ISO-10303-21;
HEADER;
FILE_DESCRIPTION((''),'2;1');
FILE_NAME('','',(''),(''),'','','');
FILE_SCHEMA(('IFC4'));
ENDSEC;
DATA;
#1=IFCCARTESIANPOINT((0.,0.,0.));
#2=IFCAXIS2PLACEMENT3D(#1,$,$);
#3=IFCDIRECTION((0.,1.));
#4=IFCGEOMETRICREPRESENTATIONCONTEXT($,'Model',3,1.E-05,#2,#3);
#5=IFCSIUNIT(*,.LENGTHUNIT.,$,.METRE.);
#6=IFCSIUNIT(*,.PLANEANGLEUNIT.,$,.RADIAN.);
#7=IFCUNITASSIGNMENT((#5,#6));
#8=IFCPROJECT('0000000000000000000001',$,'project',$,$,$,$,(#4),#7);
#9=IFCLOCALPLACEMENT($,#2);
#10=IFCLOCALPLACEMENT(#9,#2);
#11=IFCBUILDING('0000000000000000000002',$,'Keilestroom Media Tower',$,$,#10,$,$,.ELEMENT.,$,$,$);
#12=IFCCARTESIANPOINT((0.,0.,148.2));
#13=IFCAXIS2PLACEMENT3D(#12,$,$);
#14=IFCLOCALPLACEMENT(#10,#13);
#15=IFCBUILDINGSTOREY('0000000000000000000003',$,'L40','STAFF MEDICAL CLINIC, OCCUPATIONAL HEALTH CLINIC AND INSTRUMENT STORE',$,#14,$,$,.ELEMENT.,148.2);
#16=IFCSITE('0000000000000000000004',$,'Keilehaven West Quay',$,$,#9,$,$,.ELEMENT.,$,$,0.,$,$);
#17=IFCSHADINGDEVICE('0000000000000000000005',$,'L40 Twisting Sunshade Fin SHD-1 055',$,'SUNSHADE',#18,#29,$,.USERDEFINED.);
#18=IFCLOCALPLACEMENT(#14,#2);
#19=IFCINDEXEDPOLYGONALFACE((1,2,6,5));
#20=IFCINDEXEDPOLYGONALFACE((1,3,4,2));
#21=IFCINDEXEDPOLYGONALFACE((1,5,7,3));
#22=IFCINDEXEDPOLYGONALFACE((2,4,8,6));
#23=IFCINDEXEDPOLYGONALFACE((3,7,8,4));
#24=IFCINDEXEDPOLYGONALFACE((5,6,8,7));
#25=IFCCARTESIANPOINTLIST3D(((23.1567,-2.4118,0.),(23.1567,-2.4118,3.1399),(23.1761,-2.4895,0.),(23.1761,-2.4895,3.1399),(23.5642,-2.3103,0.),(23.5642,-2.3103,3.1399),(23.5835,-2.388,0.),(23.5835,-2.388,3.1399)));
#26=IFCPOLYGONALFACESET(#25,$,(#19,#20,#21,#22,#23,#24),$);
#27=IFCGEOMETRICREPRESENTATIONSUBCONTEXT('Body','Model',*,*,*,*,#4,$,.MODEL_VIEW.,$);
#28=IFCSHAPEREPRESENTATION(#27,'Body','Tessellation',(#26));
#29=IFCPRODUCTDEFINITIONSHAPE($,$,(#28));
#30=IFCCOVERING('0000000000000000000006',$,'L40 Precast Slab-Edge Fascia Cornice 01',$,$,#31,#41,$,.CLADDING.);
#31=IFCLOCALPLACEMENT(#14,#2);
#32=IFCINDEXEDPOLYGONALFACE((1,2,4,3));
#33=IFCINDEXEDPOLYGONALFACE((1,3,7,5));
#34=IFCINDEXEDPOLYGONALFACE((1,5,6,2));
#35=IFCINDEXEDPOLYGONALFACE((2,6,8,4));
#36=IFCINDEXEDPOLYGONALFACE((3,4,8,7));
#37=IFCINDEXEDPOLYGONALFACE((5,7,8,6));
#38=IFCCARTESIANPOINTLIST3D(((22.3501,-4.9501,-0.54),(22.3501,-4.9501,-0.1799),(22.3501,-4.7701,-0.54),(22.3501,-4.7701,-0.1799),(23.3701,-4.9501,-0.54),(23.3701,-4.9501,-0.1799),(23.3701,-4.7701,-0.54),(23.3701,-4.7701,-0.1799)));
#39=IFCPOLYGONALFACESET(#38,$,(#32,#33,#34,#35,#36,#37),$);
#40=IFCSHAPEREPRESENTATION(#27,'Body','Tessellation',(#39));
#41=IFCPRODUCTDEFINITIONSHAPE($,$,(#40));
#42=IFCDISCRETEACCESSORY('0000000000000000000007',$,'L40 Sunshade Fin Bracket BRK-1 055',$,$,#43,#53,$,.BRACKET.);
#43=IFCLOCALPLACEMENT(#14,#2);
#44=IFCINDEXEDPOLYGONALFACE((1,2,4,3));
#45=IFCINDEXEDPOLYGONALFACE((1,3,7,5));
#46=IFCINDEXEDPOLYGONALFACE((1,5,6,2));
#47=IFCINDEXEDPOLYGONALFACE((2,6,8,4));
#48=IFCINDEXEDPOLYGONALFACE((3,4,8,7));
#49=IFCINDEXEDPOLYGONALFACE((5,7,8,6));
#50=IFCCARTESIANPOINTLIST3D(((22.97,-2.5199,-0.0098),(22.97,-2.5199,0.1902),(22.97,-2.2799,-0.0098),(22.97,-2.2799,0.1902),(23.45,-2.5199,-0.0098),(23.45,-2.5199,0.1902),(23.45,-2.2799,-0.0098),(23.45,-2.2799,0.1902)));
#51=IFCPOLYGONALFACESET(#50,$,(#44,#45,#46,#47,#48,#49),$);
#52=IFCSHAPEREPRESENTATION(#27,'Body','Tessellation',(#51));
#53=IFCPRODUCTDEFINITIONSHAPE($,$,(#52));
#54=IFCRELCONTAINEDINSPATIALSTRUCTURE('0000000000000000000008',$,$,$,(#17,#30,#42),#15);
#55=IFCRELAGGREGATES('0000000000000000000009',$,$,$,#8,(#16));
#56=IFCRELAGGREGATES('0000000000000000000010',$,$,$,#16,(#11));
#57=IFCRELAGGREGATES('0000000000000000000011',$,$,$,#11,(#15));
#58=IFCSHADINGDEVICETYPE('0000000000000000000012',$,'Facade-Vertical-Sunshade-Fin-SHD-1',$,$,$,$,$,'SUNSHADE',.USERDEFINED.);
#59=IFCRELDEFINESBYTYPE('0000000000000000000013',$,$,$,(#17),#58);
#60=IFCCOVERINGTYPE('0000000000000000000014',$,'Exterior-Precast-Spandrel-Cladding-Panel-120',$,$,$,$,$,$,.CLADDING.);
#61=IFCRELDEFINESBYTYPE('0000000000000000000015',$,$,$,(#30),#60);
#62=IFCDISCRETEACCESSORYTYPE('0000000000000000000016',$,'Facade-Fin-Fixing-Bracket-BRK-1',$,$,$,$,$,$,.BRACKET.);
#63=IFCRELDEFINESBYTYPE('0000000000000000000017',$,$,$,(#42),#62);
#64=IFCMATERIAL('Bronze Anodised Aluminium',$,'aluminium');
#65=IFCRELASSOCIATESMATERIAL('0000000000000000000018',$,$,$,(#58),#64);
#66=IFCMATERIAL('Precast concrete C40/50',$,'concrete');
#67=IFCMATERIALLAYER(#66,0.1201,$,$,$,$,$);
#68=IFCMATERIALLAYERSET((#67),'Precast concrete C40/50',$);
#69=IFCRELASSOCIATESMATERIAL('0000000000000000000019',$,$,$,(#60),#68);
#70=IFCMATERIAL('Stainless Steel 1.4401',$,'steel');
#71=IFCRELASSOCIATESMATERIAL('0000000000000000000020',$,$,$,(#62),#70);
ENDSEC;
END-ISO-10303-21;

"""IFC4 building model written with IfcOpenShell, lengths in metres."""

from ifc_helpers import new_model, si_unit, direction, frame, origin, origin_2d, place, context, subcontext, project, spatial, rectangle, extrude, source, transform, mapped, material, layer, layer_set, type_object, element, save


model = new_model("IFC4")

# Units and contexts
model_context = context("Model", 3, precision=1e-05, world=origin(), true_north=direction((0.0, 1.0)))
body_context = subcontext(model_context, "Body", "Model", "MODEL_VIEW")
ifc_project = project(units=[si_unit("LENGTHUNIT", "METRE"), si_unit("PLANEANGLEUNIT", "RADIAN")], contexts=[model_context])

# Site, building, storey
site_placement = place(None, origin())
site = spatial("IfcSite", under=ifc_project, at=site_placement, Name="Keilehaven West Quay", CompositionType="ELEMENT", RefElevation=0.0)
building_placement = place(site_placement, origin())
building = spatial("IfcBuilding", under=site, at=building_placement, Name="Keilestroom Media Tower", CompositionType="ELEMENT")
storey_placement = place(building_placement, frame((0.0, 0.0, 148.2)))
storey = spatial("IfcBuildingStorey", under=building, at=storey_placement, Name="L40", Description="STAFF MEDICAL CLINIC, OCCUPATIONAL HEALTH CLINIC AND INSTRUMENT STORE", CompositionType="ELEMENT", Elevation=148.2)

# Shared definitions
ifc_material_1 = material(Name="Precast concrete C40/50", Category="concrete")

# Shading device
ifc_material_2 = material(Name="Bronze Anodised Aluminium", Category="aluminium")
shading_device_type = type_object("IfcShadingDeviceType", Name="Facade-Vertical-Sunshade-Fin-SHD-1", ElementType="SUNSHADE", PredefinedType="USERDEFINED", material=ifc_material_2)
shared_shape_1 = source(origin(), body_context, "Body", "SweptSolid", [
    extrude(rectangle(XDim=0.4199, YDim=0.0801, at=origin_2d()), origin(), (0.0, 0.0, 1.0), 3.1399),
])
shading_device_placement = place(storey_placement, frame((23.3701, -2.3999, 0.0), z_axis=(0.0, 0.0, 1.0), x_axis=(0.970296, 0.241922, 0.0)))
element("IfcShadingDevice", 1, at=shading_device_placement, inside=storey, type_object=shading_device_type, Name="L40 Twisting Sunshade Fin SHD-1 055", ObjectType="SUNSHADE", PredefinedType="USERDEFINED", context=body_context, shape_type="MappedRepresentation", body=[
    mapped(shared_shape_1, transform((0.0, 0.0, 0.0), x_axis=(1.0, 0.0, 0.0), y_axis=(0.0, 1.0, 0.0), z_axis=(0.0, 0.0, 1.0), scale=1.0)),
])

# Covering
ifc_layer_1 = layer(ifc_material_1, 0.1201)
ifc_layer_set_1 = layer_set([ifc_layer_1], Name="Precast concrete C40/50")
covering_type = type_object("IfcCoveringType", Name="Exterior-Precast-Spandrel-Cladding-Panel-120", PredefinedType="CLADDING", material=ifc_layer_set_1)
shared_shape_2 = source(origin(), body_context, "Body", "SweptSolid", [
    extrude(rectangle(XDim=1.02, YDim=0.1799, at=origin_2d()), origin(), (0.0, 0.0, 1.0), 0.3601),
])
covering_placement = place(storey_placement, frame((22.8601, -4.8601, -0.54), z_axis=(0.0, 0.0, 1.0), x_axis=(-1.0, 0.0, 0.0)))
element("IfcCovering", 2, at=covering_placement, inside=storey, type_object=covering_type, Name="L40 Precast Slab-Edge Fascia Cornice 01", PredefinedType="CLADDING", context=body_context, shape_type="MappedRepresentation", body=[
    mapped(shared_shape_2, transform((0.0, 0.0, 0.0), x_axis=(1.0, 0.0, 0.0), y_axis=(0.0, 1.0, 0.0), z_axis=(0.0, 0.0, 1.0), scale=1.0)),
])

# Discrete accessory
ifc_material_3 = material(Name="Stainless Steel 1.4401", Category="steel")
discrete_accessory_type = type_object("IfcDiscreteAccessoryType", Name="Facade-Fin-Fixing-Bracket-BRK-1", PredefinedType="BRACKET", material=ifc_material_3)
shared_shape_3 = source(origin(), body_context, "Body", "SweptSolid", [
    extrude(rectangle(XDim=0.48, YDim=0.24, at=origin_2d()), origin(), (0.0, 0.0, 1.0), 0.2),
])
discrete_accessory_placement = place(storey_placement, frame((23.21, -2.3999, -0.0098), z_axis=(0.0, 0.0, 1.0), x_axis=(1.0, 0.0, 0.0)))
element("IfcDiscreteAccessory", 3, at=discrete_accessory_placement, inside=storey, type_object=discrete_accessory_type, Name="L40 Sunshade Fin Bracket BRK-1 055", PredefinedType="BRACKET", context=body_context, shape_type="MappedRepresentation", body=[
    mapped(shared_shape_3, transform((0.0, 0.0, 0.0), x_axis=(1.0, 0.0, 0.0), y_axis=(0.0, 1.0, 0.0), z_axis=(0.0, 0.0, 1.0), scale=1.0)),
])

save(model, "model.ifc")
